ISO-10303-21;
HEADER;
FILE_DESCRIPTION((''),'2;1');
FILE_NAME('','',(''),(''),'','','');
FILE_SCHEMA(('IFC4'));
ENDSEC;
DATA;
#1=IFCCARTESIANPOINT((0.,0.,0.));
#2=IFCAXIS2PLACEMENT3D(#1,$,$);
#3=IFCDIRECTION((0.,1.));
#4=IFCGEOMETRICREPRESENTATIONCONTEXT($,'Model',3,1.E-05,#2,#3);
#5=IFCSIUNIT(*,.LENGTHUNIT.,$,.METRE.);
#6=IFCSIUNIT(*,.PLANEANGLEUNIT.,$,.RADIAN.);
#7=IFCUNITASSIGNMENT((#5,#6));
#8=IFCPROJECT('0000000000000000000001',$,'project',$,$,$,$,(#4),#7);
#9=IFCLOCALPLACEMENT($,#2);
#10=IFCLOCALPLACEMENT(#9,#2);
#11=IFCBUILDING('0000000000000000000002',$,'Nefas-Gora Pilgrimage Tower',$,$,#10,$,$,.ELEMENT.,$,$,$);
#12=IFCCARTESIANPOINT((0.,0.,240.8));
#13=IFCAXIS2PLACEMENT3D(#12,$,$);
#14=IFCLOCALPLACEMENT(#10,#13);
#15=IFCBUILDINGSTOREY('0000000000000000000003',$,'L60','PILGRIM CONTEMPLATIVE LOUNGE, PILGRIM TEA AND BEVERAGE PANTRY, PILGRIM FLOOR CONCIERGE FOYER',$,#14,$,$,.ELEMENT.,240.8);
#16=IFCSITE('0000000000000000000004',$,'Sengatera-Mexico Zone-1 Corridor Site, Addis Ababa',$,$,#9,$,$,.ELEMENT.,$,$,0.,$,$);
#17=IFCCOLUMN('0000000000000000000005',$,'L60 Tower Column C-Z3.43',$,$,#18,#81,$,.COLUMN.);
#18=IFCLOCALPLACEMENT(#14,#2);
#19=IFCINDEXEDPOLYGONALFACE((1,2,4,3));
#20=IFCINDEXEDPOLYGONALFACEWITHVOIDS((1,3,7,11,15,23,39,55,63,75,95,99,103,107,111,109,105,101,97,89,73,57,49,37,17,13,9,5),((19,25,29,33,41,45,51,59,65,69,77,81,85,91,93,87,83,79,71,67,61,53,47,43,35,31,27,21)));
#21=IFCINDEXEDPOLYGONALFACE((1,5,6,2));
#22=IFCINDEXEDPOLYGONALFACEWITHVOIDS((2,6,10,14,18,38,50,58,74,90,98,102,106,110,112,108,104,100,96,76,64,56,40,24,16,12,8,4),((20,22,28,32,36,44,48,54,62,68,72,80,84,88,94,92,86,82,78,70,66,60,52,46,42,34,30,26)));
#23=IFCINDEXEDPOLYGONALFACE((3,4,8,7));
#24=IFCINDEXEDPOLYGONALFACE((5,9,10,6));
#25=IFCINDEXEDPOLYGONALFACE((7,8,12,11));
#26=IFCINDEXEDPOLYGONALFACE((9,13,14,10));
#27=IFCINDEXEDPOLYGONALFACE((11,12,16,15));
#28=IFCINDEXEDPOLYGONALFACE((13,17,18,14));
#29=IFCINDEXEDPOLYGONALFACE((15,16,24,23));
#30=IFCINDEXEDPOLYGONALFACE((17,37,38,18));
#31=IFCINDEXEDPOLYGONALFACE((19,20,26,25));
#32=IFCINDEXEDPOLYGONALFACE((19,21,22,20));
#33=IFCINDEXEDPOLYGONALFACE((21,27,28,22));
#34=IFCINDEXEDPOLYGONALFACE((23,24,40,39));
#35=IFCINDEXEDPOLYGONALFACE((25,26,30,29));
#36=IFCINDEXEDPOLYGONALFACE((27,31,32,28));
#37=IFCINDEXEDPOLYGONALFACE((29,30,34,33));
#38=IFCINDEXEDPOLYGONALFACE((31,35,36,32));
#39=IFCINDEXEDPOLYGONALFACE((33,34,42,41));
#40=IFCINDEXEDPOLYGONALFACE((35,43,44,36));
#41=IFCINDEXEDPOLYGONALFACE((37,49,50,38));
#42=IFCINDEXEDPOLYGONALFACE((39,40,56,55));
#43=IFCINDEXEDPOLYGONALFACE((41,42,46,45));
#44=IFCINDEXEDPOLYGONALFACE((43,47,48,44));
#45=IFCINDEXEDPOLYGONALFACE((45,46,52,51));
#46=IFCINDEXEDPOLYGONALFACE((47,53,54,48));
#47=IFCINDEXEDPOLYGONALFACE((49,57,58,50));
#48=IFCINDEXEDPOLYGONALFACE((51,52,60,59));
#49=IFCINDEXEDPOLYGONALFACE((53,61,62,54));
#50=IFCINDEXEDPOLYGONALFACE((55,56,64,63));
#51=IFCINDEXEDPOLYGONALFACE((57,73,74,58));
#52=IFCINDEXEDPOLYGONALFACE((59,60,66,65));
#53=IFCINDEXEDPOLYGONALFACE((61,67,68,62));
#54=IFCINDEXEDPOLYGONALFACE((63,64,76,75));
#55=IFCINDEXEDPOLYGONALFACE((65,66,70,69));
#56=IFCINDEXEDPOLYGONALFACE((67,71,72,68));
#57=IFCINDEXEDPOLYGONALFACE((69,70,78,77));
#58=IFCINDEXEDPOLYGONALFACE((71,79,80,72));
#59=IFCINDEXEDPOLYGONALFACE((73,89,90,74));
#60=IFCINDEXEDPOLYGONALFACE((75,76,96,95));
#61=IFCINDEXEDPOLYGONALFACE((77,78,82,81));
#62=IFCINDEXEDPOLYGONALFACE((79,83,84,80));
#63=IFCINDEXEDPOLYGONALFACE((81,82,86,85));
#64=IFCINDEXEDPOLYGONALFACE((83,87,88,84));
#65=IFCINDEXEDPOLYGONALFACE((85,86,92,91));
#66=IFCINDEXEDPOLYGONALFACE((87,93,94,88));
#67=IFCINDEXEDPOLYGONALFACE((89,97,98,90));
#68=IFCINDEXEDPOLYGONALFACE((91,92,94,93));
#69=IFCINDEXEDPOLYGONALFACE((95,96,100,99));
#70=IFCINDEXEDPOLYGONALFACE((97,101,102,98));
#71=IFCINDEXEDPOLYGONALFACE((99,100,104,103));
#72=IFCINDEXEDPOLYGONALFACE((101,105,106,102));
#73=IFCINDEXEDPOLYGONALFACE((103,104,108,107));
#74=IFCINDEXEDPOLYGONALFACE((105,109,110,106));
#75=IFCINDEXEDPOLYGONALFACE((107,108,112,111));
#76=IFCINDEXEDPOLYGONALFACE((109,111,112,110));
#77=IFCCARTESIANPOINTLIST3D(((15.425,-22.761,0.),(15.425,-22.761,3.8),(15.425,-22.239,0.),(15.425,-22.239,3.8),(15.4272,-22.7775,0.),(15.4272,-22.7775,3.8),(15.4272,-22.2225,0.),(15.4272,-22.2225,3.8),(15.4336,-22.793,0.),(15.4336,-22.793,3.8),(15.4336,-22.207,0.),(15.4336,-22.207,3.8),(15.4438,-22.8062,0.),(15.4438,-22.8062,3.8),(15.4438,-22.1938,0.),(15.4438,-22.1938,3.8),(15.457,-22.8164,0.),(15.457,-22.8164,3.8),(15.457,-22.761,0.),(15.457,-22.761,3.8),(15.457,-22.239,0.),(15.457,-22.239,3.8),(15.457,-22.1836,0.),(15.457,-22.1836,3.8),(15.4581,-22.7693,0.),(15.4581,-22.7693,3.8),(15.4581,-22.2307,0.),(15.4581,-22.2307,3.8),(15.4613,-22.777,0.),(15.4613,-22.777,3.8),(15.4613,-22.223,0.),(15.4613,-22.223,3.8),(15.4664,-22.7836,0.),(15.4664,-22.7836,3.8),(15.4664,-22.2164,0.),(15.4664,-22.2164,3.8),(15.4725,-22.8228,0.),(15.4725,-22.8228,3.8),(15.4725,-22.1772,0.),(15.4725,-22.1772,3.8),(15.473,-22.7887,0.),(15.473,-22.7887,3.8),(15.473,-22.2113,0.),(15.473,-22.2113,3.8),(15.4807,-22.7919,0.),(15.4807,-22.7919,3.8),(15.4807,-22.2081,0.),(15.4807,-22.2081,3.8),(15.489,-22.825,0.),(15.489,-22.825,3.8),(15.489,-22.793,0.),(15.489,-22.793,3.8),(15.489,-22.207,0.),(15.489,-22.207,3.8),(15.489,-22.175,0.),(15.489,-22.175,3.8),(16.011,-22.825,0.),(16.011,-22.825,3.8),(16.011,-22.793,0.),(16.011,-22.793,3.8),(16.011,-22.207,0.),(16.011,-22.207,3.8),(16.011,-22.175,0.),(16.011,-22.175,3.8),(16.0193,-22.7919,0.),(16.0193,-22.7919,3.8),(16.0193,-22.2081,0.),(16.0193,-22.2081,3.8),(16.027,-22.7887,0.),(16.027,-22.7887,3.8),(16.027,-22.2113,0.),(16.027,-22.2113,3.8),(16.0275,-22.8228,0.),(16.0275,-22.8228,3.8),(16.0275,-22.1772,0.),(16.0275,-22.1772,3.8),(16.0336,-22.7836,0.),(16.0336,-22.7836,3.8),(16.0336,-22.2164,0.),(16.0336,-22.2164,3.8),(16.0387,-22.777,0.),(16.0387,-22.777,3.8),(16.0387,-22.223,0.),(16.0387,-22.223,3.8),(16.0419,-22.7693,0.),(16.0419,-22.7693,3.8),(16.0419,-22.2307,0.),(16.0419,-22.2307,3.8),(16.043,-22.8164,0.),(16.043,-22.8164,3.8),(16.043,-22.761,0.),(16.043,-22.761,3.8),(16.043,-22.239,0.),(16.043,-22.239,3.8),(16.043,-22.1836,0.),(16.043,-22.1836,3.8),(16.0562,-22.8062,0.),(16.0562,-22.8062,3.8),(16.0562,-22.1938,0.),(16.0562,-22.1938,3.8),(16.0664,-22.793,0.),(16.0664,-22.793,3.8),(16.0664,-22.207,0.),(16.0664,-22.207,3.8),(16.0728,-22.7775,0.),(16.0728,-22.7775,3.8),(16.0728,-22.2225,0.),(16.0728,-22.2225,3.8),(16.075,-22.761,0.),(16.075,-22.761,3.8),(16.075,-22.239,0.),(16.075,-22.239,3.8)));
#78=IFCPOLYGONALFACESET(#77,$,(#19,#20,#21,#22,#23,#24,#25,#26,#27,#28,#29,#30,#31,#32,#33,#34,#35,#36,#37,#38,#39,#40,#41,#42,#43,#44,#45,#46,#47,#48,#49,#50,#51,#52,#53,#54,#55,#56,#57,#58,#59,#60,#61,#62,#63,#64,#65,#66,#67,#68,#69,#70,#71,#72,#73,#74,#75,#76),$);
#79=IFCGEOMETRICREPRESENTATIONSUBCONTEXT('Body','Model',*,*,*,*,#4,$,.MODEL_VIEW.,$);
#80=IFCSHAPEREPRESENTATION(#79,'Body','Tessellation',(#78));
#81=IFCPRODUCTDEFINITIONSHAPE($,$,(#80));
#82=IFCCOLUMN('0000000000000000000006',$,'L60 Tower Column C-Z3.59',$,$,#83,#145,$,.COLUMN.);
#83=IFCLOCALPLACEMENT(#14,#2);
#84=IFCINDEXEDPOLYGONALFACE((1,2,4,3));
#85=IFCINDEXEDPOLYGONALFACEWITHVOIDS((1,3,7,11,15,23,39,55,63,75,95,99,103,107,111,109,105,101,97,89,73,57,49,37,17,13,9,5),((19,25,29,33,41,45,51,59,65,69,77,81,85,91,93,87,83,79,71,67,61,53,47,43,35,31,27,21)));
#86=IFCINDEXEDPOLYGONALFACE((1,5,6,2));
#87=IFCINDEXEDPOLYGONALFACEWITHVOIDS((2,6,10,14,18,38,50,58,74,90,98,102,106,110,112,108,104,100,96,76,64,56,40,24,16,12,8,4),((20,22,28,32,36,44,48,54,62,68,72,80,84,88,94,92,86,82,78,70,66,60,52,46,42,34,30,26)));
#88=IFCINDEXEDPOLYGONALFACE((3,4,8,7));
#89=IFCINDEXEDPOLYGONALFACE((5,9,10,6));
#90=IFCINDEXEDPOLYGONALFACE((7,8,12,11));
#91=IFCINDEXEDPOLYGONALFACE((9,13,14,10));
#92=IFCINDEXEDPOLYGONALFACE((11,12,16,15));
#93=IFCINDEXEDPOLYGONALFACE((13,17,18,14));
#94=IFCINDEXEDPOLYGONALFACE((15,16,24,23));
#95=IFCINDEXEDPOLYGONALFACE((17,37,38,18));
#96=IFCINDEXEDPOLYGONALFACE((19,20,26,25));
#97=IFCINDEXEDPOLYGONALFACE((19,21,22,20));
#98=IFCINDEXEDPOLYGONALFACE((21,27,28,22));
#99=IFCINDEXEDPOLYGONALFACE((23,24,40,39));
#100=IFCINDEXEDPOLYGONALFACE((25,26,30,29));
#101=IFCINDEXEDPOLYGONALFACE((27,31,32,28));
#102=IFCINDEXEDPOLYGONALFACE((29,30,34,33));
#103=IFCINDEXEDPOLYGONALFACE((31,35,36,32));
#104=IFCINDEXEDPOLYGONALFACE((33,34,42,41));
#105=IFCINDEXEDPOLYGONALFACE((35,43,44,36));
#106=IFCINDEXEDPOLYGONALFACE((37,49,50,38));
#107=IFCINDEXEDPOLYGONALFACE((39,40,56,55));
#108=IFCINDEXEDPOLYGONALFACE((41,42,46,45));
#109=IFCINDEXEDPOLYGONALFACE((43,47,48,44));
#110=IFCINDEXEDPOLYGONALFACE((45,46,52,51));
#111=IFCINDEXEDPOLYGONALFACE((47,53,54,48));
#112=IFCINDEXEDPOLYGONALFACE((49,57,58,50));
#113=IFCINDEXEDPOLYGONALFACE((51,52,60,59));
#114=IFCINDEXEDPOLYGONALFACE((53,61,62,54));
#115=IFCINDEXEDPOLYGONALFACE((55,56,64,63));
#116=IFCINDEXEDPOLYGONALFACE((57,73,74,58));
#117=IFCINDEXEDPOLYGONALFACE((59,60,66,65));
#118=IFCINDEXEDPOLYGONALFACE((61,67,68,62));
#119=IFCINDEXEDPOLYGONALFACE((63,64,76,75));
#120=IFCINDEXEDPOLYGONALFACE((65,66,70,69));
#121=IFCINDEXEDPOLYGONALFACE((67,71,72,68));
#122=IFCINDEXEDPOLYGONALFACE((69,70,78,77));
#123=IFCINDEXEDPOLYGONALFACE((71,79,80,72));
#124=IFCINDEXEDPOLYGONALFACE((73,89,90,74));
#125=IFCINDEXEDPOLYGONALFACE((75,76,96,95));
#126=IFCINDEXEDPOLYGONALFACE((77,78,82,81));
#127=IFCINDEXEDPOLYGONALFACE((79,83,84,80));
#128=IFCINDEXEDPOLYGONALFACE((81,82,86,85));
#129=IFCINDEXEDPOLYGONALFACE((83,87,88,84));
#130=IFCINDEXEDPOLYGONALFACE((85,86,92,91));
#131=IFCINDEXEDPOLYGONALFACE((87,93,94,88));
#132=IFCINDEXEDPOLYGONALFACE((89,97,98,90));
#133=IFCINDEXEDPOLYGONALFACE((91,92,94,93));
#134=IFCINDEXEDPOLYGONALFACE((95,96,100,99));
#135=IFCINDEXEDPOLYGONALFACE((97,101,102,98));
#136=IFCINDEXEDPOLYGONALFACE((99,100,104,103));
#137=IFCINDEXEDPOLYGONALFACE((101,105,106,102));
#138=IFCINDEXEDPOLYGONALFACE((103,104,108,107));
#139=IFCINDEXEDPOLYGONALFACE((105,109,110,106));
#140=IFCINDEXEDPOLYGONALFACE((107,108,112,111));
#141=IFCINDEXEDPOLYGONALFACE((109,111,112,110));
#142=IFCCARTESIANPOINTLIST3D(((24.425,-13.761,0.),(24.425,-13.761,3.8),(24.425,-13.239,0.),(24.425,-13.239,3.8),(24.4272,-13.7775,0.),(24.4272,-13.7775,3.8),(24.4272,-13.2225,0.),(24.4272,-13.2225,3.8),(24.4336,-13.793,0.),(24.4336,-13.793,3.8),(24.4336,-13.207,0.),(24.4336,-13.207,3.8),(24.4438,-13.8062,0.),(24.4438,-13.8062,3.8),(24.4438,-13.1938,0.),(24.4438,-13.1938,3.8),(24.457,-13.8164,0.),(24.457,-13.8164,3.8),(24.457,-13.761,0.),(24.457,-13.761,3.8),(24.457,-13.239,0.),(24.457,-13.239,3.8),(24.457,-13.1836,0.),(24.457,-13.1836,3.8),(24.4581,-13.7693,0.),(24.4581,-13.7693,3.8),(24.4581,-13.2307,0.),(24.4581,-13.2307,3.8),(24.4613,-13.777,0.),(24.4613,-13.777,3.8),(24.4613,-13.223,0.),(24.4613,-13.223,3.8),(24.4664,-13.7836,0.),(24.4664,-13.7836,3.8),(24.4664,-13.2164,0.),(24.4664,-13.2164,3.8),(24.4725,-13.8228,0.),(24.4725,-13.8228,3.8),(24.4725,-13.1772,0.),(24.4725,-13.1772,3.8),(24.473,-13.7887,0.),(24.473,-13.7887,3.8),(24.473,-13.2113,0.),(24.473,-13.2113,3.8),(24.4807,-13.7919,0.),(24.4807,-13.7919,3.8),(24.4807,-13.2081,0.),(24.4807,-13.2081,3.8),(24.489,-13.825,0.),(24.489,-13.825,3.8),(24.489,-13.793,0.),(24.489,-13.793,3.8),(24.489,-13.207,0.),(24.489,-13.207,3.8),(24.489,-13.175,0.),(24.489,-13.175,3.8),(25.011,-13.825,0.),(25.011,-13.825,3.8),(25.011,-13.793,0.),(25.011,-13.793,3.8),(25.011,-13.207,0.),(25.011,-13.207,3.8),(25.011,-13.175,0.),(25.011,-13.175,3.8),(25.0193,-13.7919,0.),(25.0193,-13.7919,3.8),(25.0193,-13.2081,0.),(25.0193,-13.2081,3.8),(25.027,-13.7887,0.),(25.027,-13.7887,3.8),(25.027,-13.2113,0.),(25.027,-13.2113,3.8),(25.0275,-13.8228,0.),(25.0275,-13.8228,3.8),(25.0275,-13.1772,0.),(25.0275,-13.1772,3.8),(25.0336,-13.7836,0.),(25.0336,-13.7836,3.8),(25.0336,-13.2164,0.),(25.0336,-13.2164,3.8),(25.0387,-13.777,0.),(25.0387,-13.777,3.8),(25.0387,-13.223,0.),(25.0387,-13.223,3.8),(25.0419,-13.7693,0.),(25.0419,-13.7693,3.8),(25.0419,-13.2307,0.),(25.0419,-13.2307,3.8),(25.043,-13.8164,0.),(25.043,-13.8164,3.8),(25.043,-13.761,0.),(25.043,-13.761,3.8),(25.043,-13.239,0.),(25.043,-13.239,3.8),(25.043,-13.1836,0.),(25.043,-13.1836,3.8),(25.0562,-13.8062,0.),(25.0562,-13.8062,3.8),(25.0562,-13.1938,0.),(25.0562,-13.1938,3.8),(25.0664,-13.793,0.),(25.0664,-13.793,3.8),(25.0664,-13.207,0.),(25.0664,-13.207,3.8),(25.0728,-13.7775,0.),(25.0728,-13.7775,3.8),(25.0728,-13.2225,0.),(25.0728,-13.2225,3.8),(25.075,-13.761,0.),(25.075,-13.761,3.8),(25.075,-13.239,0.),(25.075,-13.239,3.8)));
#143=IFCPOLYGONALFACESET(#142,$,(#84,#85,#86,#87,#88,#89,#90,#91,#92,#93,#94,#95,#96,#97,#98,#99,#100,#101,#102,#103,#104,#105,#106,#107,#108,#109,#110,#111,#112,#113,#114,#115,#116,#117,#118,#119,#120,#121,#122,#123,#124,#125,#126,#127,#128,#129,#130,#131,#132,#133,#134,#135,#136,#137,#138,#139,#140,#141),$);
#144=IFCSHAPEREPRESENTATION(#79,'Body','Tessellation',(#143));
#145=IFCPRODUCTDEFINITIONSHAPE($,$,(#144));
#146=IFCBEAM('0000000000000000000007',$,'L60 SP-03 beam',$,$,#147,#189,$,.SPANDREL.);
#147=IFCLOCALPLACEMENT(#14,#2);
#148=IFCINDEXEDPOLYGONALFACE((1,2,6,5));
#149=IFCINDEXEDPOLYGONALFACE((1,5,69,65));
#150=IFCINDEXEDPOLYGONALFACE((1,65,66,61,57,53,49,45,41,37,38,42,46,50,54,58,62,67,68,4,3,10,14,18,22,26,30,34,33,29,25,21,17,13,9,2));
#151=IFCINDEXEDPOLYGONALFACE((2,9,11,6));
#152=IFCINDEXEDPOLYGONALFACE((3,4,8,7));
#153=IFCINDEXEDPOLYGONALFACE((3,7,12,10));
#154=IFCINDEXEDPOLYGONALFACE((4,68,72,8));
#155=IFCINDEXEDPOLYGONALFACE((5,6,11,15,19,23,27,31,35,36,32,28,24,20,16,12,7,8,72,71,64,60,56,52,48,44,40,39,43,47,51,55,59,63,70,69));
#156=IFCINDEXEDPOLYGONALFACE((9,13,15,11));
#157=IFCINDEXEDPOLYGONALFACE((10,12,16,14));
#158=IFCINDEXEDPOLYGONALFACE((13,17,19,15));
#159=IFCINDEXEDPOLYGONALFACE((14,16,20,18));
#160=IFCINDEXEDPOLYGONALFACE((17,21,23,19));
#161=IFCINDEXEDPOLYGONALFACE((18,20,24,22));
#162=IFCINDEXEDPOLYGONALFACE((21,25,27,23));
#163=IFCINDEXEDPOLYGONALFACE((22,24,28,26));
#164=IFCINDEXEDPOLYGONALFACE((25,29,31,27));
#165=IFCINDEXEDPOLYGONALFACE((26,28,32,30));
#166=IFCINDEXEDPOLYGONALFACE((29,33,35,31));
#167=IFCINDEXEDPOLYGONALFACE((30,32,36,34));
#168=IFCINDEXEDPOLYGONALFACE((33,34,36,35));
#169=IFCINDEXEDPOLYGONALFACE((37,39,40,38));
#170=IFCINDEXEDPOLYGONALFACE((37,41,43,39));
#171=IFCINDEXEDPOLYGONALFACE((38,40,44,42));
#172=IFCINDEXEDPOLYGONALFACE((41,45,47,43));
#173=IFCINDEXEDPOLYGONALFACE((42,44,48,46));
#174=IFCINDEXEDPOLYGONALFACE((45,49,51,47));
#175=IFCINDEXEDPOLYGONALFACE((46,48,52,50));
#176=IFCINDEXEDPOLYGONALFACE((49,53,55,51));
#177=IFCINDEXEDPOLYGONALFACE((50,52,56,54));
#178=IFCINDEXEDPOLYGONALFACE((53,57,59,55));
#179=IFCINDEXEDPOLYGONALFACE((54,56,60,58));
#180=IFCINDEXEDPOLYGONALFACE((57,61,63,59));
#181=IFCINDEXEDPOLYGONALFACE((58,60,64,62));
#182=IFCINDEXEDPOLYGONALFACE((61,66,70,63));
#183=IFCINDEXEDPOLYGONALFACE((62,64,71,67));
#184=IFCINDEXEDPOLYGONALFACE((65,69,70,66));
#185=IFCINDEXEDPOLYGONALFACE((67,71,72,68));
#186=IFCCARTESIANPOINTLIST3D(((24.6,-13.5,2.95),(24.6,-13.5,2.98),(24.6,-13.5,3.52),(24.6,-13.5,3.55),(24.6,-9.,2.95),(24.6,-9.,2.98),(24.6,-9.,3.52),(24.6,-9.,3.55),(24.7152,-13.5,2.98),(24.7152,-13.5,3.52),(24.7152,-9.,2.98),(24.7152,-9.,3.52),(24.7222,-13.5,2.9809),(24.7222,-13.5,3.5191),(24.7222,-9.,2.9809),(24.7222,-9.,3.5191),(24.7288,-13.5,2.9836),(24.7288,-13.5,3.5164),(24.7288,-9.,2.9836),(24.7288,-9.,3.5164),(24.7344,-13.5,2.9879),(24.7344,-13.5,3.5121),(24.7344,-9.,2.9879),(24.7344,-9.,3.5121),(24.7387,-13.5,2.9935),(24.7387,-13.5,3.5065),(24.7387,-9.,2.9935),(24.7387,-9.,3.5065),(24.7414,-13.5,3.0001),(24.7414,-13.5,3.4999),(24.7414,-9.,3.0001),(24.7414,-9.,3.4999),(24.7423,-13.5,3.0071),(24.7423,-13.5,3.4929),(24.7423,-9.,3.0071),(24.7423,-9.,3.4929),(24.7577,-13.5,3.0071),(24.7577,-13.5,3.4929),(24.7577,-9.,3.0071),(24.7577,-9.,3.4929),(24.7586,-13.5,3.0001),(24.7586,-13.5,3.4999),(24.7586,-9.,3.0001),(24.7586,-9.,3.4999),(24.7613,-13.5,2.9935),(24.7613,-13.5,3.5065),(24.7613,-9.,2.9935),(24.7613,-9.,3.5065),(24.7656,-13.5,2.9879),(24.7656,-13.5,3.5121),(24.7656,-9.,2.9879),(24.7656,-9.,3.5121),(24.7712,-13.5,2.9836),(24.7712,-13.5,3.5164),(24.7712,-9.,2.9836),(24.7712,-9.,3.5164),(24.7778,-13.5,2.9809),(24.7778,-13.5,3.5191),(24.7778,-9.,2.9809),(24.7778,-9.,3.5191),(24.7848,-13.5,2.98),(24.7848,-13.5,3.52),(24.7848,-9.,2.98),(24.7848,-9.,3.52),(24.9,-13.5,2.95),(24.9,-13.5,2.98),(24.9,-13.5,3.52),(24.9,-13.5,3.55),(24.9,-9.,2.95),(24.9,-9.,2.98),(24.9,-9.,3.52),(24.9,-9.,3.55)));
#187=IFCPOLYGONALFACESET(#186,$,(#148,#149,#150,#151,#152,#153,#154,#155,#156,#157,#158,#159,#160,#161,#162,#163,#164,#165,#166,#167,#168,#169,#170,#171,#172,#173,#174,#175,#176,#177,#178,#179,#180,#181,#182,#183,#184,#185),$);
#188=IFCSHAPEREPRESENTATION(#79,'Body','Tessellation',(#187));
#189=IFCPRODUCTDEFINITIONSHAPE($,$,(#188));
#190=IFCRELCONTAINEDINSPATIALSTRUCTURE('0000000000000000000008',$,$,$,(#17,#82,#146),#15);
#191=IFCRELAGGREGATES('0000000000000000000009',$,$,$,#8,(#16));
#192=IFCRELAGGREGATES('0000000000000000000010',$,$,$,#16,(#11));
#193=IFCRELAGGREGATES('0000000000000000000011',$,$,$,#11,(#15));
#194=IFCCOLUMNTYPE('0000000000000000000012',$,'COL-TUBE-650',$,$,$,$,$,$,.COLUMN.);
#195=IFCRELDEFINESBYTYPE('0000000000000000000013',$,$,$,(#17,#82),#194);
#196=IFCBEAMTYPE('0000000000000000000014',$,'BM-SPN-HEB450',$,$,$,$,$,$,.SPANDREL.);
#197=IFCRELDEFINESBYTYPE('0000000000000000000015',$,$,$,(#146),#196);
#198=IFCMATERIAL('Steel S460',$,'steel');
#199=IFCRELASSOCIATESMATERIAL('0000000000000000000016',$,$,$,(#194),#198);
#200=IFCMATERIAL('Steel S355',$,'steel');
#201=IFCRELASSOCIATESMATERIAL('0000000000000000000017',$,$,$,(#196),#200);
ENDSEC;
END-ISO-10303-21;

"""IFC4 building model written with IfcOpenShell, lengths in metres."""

from ifc_helpers import new_model, si_unit, direction, frame, origin, origin_2d, place, context, subcontext, project, spatial, hollow_rectangle, i_section, extrude, source, transform, mapped, material, material_profile, profile_set, type_object, element, save


model = new_model("IFC4")

# Units and contexts
model_context = context("Model", 3, precision=1e-05, world=origin(), true_north=direction((0.0, 1.0)))
body_context = subcontext(model_context, "Body", "Model", "MODEL_VIEW")
ifc_project = project(units=[si_unit("LENGTHUNIT", "METRE"), si_unit("PLANEANGLEUNIT", "RADIAN")], contexts=[model_context])

# Site, building, storey
site_placement = place(None, origin())
site = spatial("IfcSite", under=ifc_project, at=site_placement, Name="Sengatera-Mexico Zone-1 Corridor Site, Addis Ababa", CompositionType="ELEMENT", RefElevation=0.0)
building_placement = place(site_placement, origin())
building = spatial("IfcBuilding", under=site, at=building_placement, Name="Nefas-Gora Pilgrimage Tower", CompositionType="ELEMENT")
storey_placement = place(building_placement, frame((0.0, 0.0, 240.8)))
storey = spatial("IfcBuildingStorey", under=building, at=storey_placement, Name="L60", Description="PILGRIM CONTEMPLATIVE LOUNGE, PILGRIM TEA AND BEVERAGE PANTRY, PILGRIM FLOOR CONCIERGE FOYER", CompositionType="ELEMENT", Elevation=240.8)

# Columns
ifc_material_1 = material(Name="Steel S460", Category="steel")
ifc_material_profile_1 = material_profile(ifc_material_1, hollow_rectangle(XDim=0.6499, YDim=0.6499, WallThickness=0.032, InnerFilletRadius=0.032, OuterFilletRadius=0.064, at=origin_2d()), Name="BOX 650x650x32")
ifc_profile_set_1 = profile_set([ifc_material_profile_1], Name="Steel S460")
column_type_1 = type_object("IfcColumnType", Name="COL-TUBE-650", PredefinedType="COLUMN", material=ifc_profile_set_1)
shared_shape_1 = source(origin(), body_context, "Body", "SweptSolid", [
    extrude(hollow_rectangle(XDim=0.6499, YDim=0.6499, WallThickness=0.032, InnerFilletRadius=0.032, OuterFilletRadius=0.064, at=origin_2d()), origin(), (0.0, 0.0, 1.0), 3.8),
])
for number, where, z_axis, x_axis, name in (
    (1, (15.75, -22.5, 0.0), (0.0, 0.0, 1.0), (1.0, 0.0, 0.0), "L60 Tower Column C-Z3.43"),
    (2, (24.75, -13.5, 0.0), (0.0, 0.0, 1.0), (1.0, 0.0, 0.0), "L60 Tower Column C-Z3.59"),
):
    element("IfcColumn", number, at=place(storey_placement, frame(where, z_axis=z_axis, x_axis=x_axis)), inside=storey, type_object=column_type_1, Name=name, PredefinedType="COLUMN", context=body_context, shape_type="MappedRepresentation", body=[
        mapped(shared_shape_1, transform((0.0, 0.0, 0.0), x_axis=(1.0, 0.0, 0.0), y_axis=(0.0, 1.0, 0.0), z_axis=(0.0, 0.0, 1.0), scale=1.0)),
    ])

# Beam
ifc_material_2 = material(Name="Steel S355", Category="steel")
ifc_material_profile_2 = material_profile(ifc_material_2, i_section(OverallWidth=0.3, OverallDepth=0.6001, WebThickness=0.0154, FlangeThickness=0.03, FilletRadius=0.0271, at=origin_2d()), Name="HEB 600")
ifc_profile_set_2 = profile_set([ifc_material_profile_2], Name="Steel S355")
beam_type_1 = type_object("IfcBeamType", Name="BM-SPN-HEB450", PredefinedType="SPANDREL", material=ifc_profile_set_2)
shared_shape_2 = source(origin(), body_context, "Body", "SweptSolid", [
    extrude(i_section(OverallWidth=0.3, OverallDepth=0.6001, WebThickness=0.0154, FlangeThickness=0.03, FilletRadius=0.0271, at=origin_2d()), origin(), (0.0, 0.0, 1.0), 4.5),
])
beam_1_placement = place(storey_placement, frame((24.75, -13.5, 3.25), z_axis=(0.0, 1.0, 0.0), x_axis=(-1.0, 0.0, 0.0)))
element("IfcBeam", 3, at=beam_1_placement, inside=storey, type_object=beam_type_1, Name="L60 SP-03 beam", PredefinedType="SPANDREL", context=body_context, shape_type="MappedRepresentation", body=[
    mapped(shared_shape_2, transform((0.0, 0.0, 0.0), x_axis=(1.0, 0.0, 0.0), y_axis=(0.0, 1.0, 0.0), z_axis=(0.0, 0.0, 1.0), scale=1.0)),
])

save(model, "model.ifc")
